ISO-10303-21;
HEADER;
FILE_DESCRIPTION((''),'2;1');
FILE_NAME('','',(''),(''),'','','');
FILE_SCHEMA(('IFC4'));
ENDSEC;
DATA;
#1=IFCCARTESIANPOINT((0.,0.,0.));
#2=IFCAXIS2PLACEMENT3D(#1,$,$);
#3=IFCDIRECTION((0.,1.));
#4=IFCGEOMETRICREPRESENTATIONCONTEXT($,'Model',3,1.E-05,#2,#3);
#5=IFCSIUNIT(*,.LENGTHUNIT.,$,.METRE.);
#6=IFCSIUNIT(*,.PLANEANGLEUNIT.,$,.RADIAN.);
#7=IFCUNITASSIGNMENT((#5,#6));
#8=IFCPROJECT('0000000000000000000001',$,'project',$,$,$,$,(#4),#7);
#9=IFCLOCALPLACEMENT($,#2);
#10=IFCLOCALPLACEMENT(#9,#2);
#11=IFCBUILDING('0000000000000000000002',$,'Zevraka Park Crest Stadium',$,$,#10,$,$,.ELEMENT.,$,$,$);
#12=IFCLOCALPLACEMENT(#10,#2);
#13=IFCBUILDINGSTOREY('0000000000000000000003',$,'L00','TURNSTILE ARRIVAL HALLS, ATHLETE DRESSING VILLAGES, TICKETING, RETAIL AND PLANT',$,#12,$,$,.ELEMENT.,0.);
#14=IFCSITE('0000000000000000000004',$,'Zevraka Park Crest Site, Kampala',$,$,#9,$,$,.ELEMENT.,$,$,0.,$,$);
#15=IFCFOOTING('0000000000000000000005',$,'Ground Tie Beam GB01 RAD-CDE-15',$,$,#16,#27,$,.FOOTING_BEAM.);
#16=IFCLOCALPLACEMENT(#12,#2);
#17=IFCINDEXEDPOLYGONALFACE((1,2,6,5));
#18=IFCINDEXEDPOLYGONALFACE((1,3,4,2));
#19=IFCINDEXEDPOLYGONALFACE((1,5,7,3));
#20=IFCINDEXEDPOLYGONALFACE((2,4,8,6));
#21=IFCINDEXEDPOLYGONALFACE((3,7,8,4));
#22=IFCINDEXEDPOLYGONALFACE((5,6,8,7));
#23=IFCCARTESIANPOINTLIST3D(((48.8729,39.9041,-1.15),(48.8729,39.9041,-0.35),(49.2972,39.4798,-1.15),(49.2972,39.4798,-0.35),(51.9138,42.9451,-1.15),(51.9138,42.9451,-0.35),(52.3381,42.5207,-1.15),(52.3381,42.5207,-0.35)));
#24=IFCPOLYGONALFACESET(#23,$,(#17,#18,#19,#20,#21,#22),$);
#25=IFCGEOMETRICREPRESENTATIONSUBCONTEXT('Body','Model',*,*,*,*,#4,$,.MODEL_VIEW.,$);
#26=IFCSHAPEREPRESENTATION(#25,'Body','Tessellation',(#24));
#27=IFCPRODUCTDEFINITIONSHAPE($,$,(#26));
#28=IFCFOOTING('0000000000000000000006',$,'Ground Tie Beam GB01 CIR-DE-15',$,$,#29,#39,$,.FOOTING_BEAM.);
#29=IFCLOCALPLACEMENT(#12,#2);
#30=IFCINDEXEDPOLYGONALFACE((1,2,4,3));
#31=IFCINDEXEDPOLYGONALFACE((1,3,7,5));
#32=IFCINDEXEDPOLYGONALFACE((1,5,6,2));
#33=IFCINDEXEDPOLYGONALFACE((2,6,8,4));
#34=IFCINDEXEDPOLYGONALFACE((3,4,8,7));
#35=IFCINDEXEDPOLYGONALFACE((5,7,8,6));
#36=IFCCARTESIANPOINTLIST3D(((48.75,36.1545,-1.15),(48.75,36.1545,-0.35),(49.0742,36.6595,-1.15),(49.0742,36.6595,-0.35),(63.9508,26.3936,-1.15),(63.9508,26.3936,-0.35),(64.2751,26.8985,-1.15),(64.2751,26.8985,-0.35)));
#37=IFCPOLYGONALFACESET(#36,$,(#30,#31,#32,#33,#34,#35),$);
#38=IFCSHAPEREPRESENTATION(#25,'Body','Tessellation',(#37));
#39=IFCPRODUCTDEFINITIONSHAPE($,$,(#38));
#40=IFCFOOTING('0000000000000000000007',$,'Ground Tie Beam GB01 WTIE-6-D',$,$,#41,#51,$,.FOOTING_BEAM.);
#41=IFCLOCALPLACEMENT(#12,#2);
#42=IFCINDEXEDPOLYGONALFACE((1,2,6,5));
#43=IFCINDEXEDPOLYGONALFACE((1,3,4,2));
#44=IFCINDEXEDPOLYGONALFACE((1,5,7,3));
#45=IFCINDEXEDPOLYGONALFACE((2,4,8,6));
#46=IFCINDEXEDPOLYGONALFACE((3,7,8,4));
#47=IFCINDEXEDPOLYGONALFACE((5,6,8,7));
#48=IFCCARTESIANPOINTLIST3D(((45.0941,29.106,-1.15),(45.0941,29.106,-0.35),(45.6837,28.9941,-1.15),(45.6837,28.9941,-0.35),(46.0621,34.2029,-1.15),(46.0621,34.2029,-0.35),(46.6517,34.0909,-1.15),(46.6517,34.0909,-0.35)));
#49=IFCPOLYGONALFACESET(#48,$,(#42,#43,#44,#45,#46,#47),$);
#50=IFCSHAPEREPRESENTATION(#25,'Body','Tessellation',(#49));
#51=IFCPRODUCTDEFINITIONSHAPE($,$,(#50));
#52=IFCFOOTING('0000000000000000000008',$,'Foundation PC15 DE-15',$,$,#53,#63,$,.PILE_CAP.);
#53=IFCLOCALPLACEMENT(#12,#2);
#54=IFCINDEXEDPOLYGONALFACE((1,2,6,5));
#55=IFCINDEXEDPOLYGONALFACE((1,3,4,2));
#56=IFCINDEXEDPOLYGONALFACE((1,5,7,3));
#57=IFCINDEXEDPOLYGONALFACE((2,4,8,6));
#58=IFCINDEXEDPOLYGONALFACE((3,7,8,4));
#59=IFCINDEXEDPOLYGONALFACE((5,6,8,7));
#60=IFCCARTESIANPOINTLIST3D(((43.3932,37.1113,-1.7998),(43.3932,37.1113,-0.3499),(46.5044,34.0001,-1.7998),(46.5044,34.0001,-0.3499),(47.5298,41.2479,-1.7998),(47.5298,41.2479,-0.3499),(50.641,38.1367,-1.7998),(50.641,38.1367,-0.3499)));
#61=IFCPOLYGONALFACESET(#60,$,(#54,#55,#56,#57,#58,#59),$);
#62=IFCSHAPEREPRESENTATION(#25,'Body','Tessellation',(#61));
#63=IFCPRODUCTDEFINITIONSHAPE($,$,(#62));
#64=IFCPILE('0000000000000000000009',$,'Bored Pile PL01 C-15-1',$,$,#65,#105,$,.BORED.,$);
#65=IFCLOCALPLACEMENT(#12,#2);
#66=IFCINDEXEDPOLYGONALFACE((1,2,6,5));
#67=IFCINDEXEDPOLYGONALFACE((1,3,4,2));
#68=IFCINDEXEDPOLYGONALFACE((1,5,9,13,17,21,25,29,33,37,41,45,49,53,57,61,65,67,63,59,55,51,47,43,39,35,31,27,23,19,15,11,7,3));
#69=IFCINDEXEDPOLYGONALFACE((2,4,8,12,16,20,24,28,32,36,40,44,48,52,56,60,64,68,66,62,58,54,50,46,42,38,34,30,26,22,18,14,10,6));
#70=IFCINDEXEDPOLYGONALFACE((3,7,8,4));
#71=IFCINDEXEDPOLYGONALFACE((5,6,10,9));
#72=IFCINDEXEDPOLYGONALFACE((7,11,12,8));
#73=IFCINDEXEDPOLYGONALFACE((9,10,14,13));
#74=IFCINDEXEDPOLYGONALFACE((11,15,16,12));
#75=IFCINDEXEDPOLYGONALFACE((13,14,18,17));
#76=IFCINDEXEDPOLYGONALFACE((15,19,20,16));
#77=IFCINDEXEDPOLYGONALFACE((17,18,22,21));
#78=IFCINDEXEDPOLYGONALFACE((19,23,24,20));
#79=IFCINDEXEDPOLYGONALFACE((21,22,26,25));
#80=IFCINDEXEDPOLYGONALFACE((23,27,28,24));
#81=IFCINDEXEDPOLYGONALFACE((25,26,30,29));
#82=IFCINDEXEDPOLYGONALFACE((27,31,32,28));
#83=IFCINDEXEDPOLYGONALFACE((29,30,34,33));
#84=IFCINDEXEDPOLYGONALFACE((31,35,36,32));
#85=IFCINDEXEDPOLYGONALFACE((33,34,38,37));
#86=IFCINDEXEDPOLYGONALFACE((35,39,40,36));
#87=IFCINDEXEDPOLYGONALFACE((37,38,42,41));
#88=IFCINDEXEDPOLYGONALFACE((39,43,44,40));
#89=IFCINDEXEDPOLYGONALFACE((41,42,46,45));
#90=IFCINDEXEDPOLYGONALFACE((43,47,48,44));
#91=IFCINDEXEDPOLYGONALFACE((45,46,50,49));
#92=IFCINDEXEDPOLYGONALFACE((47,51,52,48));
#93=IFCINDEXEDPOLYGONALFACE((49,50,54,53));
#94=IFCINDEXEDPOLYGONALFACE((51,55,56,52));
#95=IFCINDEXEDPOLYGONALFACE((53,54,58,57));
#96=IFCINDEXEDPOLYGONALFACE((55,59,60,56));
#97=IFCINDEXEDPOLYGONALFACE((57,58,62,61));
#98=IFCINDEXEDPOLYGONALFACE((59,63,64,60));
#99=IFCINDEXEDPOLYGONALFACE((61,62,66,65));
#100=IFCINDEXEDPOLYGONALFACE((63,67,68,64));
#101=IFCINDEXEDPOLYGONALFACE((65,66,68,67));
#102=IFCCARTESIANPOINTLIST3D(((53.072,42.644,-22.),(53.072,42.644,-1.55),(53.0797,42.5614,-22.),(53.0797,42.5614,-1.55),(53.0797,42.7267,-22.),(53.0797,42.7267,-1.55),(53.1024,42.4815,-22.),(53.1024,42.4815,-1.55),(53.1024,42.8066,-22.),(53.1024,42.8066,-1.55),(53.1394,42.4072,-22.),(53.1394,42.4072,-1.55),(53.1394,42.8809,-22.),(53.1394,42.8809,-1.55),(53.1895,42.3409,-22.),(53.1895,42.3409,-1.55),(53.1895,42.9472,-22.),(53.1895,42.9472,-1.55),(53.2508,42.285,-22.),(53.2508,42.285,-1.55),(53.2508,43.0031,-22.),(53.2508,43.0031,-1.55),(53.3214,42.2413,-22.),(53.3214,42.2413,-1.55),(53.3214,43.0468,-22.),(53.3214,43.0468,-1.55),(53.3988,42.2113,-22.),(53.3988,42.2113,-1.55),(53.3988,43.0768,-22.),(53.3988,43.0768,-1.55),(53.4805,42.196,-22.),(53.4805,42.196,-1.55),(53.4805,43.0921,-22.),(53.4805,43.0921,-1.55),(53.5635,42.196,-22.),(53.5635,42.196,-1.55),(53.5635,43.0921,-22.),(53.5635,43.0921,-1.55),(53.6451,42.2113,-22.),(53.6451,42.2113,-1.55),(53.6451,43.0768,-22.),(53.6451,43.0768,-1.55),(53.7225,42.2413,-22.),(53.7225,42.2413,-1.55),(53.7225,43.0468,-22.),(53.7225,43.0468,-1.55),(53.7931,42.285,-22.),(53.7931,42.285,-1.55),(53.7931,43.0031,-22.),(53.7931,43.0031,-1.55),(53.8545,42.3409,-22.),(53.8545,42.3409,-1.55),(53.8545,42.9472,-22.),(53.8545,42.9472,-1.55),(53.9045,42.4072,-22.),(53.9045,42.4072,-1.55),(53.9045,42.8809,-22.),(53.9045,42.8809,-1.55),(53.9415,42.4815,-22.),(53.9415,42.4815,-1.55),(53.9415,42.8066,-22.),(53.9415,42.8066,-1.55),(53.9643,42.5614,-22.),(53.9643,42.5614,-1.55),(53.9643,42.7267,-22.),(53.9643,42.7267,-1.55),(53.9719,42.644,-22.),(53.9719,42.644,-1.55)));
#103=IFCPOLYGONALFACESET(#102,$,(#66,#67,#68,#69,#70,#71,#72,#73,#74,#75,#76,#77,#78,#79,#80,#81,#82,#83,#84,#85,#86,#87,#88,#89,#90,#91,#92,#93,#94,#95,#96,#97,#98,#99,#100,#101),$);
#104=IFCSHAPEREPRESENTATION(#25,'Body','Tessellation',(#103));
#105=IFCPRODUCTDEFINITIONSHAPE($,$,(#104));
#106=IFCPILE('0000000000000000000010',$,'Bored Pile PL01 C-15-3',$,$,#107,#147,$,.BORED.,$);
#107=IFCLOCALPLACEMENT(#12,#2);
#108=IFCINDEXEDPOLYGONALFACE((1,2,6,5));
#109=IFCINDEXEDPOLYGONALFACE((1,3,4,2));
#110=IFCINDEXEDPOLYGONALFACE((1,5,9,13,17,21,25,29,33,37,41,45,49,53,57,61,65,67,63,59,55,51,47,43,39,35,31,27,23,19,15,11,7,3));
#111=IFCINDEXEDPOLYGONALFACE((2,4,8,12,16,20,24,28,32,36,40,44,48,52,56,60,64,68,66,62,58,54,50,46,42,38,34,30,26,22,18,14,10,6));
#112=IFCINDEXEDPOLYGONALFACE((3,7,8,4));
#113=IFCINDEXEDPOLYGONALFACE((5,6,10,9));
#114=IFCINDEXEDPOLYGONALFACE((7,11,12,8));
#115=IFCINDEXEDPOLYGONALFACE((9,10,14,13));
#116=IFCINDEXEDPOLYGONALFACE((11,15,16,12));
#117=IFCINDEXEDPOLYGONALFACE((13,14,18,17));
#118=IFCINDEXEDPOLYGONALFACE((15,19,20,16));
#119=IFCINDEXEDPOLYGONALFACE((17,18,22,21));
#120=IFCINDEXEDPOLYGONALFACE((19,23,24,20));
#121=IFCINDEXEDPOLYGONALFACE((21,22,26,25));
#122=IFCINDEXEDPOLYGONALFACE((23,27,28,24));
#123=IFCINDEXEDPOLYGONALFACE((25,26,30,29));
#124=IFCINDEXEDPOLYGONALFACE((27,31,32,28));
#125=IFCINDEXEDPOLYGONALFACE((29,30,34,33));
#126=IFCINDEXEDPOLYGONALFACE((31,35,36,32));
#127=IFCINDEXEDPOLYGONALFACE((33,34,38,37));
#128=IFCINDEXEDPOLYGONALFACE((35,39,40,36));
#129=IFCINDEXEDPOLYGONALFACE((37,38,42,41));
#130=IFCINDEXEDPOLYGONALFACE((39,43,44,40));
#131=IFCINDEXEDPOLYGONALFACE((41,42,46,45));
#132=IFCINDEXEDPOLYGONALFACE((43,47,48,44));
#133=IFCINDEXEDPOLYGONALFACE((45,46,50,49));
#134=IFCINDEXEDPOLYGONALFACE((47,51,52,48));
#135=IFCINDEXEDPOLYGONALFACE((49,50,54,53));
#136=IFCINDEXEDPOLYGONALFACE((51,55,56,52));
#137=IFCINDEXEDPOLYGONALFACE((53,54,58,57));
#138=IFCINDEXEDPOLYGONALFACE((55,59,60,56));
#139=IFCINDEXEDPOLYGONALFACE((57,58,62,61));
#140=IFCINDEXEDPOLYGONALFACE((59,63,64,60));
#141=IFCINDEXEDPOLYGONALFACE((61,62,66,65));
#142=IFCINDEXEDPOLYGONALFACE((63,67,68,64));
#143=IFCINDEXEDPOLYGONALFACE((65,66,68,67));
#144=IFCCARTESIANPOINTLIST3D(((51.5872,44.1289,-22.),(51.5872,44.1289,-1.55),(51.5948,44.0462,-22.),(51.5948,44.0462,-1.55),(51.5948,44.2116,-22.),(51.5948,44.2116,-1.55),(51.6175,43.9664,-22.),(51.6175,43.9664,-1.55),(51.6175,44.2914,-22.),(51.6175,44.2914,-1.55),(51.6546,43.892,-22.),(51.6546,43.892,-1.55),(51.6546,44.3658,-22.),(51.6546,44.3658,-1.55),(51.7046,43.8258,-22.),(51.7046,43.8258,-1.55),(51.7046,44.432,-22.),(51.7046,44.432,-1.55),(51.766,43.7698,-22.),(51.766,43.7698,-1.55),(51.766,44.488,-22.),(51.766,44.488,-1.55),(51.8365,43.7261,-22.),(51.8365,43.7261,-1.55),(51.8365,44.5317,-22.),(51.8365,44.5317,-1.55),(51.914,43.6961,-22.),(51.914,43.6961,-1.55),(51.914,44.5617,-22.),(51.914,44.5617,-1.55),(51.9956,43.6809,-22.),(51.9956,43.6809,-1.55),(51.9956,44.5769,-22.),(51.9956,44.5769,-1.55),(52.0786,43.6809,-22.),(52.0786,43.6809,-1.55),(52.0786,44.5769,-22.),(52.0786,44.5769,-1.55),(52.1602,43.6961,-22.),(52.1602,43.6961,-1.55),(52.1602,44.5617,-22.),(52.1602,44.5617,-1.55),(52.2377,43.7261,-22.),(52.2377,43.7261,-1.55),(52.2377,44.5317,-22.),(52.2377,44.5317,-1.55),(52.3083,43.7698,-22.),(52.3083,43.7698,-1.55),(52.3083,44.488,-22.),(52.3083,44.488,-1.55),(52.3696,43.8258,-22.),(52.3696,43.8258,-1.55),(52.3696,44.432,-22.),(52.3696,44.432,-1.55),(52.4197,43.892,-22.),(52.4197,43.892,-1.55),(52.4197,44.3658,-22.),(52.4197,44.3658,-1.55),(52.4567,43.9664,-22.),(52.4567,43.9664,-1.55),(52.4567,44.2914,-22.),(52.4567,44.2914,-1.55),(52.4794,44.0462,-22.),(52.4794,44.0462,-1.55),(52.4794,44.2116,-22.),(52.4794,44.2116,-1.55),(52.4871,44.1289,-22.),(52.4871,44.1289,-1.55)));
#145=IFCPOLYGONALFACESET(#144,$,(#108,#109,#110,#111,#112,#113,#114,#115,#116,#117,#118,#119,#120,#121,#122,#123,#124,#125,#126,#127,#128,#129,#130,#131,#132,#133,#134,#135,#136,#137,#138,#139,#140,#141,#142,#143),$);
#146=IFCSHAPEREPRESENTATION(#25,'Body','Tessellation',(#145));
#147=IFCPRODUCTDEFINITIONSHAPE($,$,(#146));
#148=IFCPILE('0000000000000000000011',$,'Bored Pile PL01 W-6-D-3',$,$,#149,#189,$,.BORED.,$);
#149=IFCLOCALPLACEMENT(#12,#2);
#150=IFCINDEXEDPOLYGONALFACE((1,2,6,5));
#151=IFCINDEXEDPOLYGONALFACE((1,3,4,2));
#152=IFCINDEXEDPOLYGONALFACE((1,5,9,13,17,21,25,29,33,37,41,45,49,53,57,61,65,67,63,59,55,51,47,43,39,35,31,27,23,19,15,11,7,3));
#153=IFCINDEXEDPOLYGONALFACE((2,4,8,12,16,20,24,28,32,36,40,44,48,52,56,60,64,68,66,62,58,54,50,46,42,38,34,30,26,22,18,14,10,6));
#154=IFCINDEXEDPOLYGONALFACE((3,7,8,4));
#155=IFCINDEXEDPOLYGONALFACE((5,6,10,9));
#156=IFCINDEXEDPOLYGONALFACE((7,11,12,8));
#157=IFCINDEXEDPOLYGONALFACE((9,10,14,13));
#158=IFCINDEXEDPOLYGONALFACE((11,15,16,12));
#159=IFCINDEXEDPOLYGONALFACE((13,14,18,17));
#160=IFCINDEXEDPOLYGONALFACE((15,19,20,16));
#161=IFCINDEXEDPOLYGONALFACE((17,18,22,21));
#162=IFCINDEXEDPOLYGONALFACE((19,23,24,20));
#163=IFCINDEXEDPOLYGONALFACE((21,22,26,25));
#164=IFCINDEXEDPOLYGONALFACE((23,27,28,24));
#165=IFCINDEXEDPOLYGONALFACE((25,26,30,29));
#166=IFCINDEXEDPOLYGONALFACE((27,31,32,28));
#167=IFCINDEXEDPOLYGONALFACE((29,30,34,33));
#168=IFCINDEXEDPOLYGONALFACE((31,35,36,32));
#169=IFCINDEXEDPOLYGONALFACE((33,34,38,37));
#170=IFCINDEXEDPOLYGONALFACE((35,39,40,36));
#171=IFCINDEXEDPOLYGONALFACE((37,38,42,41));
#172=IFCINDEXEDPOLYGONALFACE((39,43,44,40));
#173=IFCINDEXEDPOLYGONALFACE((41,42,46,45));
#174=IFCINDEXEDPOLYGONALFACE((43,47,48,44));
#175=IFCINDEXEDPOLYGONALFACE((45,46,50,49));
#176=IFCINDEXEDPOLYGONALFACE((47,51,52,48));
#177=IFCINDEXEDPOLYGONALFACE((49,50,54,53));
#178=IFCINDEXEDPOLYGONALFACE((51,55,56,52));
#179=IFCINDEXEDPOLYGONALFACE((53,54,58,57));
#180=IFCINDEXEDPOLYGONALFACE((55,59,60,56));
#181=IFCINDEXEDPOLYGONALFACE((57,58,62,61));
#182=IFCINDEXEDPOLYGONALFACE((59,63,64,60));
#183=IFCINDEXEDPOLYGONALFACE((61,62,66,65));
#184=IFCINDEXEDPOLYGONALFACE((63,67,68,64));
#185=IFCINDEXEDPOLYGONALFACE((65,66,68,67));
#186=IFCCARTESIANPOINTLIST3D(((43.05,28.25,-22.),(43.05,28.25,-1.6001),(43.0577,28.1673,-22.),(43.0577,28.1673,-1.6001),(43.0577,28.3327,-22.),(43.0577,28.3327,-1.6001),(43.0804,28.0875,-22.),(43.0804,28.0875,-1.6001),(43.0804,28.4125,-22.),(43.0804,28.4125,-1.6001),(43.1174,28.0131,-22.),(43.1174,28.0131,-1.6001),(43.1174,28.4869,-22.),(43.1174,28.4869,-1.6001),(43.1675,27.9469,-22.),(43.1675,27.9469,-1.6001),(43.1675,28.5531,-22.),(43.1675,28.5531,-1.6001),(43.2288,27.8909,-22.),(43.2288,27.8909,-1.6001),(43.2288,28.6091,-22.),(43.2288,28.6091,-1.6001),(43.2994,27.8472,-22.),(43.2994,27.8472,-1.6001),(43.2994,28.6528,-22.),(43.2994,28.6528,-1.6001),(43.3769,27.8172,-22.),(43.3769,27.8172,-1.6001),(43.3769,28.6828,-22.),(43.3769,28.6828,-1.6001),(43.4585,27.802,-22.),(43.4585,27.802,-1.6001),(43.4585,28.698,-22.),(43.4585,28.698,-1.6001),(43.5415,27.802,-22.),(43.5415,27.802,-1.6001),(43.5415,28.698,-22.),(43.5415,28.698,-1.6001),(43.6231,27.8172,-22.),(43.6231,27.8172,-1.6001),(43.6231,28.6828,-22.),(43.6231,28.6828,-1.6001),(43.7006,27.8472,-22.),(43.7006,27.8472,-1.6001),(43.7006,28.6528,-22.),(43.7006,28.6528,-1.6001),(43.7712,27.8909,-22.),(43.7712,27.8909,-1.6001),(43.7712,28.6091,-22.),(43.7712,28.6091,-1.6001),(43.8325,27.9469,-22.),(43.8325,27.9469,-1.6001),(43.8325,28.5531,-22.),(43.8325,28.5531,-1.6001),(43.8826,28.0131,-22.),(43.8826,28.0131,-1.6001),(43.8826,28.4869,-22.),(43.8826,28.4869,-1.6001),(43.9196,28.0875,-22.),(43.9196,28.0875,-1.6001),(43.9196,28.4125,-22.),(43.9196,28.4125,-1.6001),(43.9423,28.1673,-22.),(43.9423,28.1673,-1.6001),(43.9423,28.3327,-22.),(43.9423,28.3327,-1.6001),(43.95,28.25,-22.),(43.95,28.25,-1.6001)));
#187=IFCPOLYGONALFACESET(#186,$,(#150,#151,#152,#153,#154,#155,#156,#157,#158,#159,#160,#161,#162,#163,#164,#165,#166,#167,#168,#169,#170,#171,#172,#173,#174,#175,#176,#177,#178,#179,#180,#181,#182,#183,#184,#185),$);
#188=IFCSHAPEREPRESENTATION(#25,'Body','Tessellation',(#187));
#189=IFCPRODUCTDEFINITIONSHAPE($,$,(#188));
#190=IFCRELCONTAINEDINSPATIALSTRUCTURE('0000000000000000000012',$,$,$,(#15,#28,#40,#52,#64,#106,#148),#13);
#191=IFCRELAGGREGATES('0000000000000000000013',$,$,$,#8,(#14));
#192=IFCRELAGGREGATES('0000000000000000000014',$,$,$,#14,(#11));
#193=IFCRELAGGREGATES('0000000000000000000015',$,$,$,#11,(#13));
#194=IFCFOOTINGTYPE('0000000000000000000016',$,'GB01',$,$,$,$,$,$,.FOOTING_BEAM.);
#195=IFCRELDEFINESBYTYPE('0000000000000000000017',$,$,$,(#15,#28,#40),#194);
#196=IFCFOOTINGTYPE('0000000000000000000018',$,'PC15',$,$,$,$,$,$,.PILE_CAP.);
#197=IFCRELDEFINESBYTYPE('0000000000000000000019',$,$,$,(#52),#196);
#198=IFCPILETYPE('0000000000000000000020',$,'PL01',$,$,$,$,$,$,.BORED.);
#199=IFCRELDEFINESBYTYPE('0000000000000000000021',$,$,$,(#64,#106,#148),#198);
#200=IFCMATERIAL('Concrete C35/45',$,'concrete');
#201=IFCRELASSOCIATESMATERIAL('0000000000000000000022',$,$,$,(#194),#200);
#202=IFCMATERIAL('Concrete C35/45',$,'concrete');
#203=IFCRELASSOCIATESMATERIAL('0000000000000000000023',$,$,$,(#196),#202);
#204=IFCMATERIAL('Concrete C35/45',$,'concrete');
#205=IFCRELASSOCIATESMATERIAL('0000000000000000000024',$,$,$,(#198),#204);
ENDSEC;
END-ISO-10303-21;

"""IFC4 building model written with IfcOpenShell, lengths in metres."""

from ifc_helpers import new_model, si_unit, direction, frame, origin, origin_2d, place, context, subcontext, project, spatial, rectangle, circle, extrude, material, material_profile, profile_set, type_object, element, save


model = new_model("IFC4")

# Units and contexts
model_context = context("Model", 3, precision=1e-05, world=origin(), true_north=direction((0.0, 1.0)))
body_context = subcontext(model_context, "Body", "Model", "MODEL_VIEW")
ifc_project = project(units=[si_unit("LENGTHUNIT", "METRE"), si_unit("PLANEANGLEUNIT", "RADIAN")], contexts=[model_context])

# Site, building, storey
site_placement = place(None, origin())
site = spatial("IfcSite", under=ifc_project, at=site_placement, Name="Zevraka Park Crest Site, Kampala", CompositionType="ELEMENT", RefElevation=0.0)
building_placement = place(site_placement, origin())
building = spatial("IfcBuilding", under=site, at=building_placement, Name="Zevraka Park Crest Stadium", CompositionType="ELEMENT")
storey_placement = place(building_placement, origin())
storey = spatial("IfcBuildingStorey", under=building, at=storey_placement, Name="L00", Description="TURNSTILE ARRIVAL HALLS, ATHLETE DRESSING VILLAGES, TICKETING, RETAIL AND PLANT", CompositionType="ELEMENT", Elevation=0.0)

# Footings
ifc_material_1 = material(Name="Concrete C35/45", Category="concrete")
ifc_material_profile_1 = material_profile(ifc_material_1, rectangle(XDim=0.6001, YDim=0.8, at=origin_2d()), Name="GB 800x600")
ifc_profile_set_1 = profile_set([ifc_material_profile_1], Name="Concrete C35/45")
footing_type_1 = type_object("IfcFootingType", Name="GB01", PredefinedType="FOOTING_BEAM", material=ifc_profile_set_1)
footing_1_placement = place(storey_placement, frame((52.126, 42.7329, -0.75), z_axis=(-0.707107, -0.707107, 0.0), x_axis=(0.707107, -0.707107, 0.0)))
element("IfcFooting", 1, at=footing_1_placement, inside=storey, type_object=footing_type_1, Name="Ground Tie Beam GB01 RAD-CDE-15", PredefinedType="FOOTING_BEAM", context=body_context, shape_type="SweptSolid", body=[
    extrude(rectangle(XDim=0.6001, YDim=0.8, at=origin_2d()), origin(), (0.0, 0.0, 1.0), 4.3005),
])
footing_2_placement = place(storey_placement, frame((48.9121, 36.407, -0.75), z_axis=(0.841456, -0.540325, 0.0), x_axis=(0.540325, 0.841456, 0.0)))
element("IfcFooting", 2, at=footing_2_placement, inside=storey, type_object=footing_type_1, Name="Ground Tie Beam GB01 CIR-DE-15", PredefinedType="FOOTING_BEAM", context=body_context, shape_type="SweptSolid", body=[
    extrude(rectangle(XDim=0.6001, YDim=0.8, at=origin_2d()), origin(), (0.0, 0.0, 1.0), 18.0649),
])
footing_3_placement = place(storey_placement, frame((45.3889, 29.05, -0.75), z_axis=(0.186587, 0.982439, 0.0), x_axis=(-0.982439, 0.186587, 0.0)))
element("IfcFooting", 3, at=footing_3_placement, inside=storey, type_object=footing_type_1, Name="Ground Tie Beam GB01 WTIE-6-D", PredefinedType="FOOTING_BEAM", context=body_context, shape_type="SweptSolid", body=[
    extrude(rectangle(XDim=0.6001, YDim=0.8, at=origin_2d()), origin(), (0.0, 0.0, 1.0), 5.188),
])
ifc_material_2 = material(Name="Concrete C35/45", Category="concrete")
footing_type_2 = type_object("IfcFootingType", Name="PC15", PredefinedType="PILE_CAP", material=ifc_material_2)
footing_4_placement = place(storey_placement, frame((47.0171, 37.624, -1.7998), z_axis=(0.0, 0.0, 1.0), x_axis=(0.707107, 0.707107, 0.0)))
element("IfcFooting", 4, at=footing_4_placement, inside=storey, type_object=footing_type_2, Name="Foundation PC15 DE-15", PredefinedType="PILE_CAP", context=body_context, shape_type="SweptSolid", body=[
    extrude(rectangle(XDim=5.8501, YDim=4.3999, at=origin_2d()), origin(), (0.0, 0.0, 1.0), 1.45),
])

# Piles
ifc_material_3 = material(Name="Concrete C35/45", Category="concrete")
ifc_material_profile_2 = material_profile(ifc_material_3, circle(Radius=0.45, at=origin_2d()), Name="PILE D900")
ifc_profile_set_2 = profile_set([ifc_material_profile_2], Name="Concrete C35/45")
pile_type_1 = type_object("IfcPileType", Name="PL01", PredefinedType="BORED", material=ifc_profile_set_2)
for number, where, z_axis, x_axis, name in (
    (5, (53.522, 42.644, -1.55), (0.0, 0.0, -1.0), (1.0, 0.0, 0.0), "Bored Pile PL01 C-15-1"),
    (6, (52.0371, 44.1289, -1.55), (0.0, 0.0, -1.0), (1.0, 0.0, 0.0), "Bored Pile PL01 C-15-3"),
):
    element("IfcPile", number, at=place(storey_placement, frame(where, z_axis=z_axis, x_axis=x_axis)), inside=storey, type_object=pile_type_1, Name=name, PredefinedType="BORED", context=body_context, shape_type="SweptSolid", body=[
        extrude(circle(Radius=0.45, at=origin_2d()), origin(), (0.0, 0.0, 1.0), 20.45),
    ])
for number, where, z_axis, x_axis, name in (
    (7, (43.5, 28.25, -1.6001), (0.0, 0.0, -1.0), (1.0, 0.0, 0.0), "Bored Pile PL01 W-6-D-3"),
):
    element("IfcPile", number, at=place(storey_placement, frame(where, z_axis=z_axis, x_axis=x_axis)), inside=storey, type_object=pile_type_1, Name=name, PredefinedType="BORED", context=body_context, shape_type="SweptSolid", body=[
        extrude(circle(Radius=0.45, at=origin_2d()), origin(), (0.0, 0.0, 1.0), 20.3999),
    ])

save(model, "model.ifc")
